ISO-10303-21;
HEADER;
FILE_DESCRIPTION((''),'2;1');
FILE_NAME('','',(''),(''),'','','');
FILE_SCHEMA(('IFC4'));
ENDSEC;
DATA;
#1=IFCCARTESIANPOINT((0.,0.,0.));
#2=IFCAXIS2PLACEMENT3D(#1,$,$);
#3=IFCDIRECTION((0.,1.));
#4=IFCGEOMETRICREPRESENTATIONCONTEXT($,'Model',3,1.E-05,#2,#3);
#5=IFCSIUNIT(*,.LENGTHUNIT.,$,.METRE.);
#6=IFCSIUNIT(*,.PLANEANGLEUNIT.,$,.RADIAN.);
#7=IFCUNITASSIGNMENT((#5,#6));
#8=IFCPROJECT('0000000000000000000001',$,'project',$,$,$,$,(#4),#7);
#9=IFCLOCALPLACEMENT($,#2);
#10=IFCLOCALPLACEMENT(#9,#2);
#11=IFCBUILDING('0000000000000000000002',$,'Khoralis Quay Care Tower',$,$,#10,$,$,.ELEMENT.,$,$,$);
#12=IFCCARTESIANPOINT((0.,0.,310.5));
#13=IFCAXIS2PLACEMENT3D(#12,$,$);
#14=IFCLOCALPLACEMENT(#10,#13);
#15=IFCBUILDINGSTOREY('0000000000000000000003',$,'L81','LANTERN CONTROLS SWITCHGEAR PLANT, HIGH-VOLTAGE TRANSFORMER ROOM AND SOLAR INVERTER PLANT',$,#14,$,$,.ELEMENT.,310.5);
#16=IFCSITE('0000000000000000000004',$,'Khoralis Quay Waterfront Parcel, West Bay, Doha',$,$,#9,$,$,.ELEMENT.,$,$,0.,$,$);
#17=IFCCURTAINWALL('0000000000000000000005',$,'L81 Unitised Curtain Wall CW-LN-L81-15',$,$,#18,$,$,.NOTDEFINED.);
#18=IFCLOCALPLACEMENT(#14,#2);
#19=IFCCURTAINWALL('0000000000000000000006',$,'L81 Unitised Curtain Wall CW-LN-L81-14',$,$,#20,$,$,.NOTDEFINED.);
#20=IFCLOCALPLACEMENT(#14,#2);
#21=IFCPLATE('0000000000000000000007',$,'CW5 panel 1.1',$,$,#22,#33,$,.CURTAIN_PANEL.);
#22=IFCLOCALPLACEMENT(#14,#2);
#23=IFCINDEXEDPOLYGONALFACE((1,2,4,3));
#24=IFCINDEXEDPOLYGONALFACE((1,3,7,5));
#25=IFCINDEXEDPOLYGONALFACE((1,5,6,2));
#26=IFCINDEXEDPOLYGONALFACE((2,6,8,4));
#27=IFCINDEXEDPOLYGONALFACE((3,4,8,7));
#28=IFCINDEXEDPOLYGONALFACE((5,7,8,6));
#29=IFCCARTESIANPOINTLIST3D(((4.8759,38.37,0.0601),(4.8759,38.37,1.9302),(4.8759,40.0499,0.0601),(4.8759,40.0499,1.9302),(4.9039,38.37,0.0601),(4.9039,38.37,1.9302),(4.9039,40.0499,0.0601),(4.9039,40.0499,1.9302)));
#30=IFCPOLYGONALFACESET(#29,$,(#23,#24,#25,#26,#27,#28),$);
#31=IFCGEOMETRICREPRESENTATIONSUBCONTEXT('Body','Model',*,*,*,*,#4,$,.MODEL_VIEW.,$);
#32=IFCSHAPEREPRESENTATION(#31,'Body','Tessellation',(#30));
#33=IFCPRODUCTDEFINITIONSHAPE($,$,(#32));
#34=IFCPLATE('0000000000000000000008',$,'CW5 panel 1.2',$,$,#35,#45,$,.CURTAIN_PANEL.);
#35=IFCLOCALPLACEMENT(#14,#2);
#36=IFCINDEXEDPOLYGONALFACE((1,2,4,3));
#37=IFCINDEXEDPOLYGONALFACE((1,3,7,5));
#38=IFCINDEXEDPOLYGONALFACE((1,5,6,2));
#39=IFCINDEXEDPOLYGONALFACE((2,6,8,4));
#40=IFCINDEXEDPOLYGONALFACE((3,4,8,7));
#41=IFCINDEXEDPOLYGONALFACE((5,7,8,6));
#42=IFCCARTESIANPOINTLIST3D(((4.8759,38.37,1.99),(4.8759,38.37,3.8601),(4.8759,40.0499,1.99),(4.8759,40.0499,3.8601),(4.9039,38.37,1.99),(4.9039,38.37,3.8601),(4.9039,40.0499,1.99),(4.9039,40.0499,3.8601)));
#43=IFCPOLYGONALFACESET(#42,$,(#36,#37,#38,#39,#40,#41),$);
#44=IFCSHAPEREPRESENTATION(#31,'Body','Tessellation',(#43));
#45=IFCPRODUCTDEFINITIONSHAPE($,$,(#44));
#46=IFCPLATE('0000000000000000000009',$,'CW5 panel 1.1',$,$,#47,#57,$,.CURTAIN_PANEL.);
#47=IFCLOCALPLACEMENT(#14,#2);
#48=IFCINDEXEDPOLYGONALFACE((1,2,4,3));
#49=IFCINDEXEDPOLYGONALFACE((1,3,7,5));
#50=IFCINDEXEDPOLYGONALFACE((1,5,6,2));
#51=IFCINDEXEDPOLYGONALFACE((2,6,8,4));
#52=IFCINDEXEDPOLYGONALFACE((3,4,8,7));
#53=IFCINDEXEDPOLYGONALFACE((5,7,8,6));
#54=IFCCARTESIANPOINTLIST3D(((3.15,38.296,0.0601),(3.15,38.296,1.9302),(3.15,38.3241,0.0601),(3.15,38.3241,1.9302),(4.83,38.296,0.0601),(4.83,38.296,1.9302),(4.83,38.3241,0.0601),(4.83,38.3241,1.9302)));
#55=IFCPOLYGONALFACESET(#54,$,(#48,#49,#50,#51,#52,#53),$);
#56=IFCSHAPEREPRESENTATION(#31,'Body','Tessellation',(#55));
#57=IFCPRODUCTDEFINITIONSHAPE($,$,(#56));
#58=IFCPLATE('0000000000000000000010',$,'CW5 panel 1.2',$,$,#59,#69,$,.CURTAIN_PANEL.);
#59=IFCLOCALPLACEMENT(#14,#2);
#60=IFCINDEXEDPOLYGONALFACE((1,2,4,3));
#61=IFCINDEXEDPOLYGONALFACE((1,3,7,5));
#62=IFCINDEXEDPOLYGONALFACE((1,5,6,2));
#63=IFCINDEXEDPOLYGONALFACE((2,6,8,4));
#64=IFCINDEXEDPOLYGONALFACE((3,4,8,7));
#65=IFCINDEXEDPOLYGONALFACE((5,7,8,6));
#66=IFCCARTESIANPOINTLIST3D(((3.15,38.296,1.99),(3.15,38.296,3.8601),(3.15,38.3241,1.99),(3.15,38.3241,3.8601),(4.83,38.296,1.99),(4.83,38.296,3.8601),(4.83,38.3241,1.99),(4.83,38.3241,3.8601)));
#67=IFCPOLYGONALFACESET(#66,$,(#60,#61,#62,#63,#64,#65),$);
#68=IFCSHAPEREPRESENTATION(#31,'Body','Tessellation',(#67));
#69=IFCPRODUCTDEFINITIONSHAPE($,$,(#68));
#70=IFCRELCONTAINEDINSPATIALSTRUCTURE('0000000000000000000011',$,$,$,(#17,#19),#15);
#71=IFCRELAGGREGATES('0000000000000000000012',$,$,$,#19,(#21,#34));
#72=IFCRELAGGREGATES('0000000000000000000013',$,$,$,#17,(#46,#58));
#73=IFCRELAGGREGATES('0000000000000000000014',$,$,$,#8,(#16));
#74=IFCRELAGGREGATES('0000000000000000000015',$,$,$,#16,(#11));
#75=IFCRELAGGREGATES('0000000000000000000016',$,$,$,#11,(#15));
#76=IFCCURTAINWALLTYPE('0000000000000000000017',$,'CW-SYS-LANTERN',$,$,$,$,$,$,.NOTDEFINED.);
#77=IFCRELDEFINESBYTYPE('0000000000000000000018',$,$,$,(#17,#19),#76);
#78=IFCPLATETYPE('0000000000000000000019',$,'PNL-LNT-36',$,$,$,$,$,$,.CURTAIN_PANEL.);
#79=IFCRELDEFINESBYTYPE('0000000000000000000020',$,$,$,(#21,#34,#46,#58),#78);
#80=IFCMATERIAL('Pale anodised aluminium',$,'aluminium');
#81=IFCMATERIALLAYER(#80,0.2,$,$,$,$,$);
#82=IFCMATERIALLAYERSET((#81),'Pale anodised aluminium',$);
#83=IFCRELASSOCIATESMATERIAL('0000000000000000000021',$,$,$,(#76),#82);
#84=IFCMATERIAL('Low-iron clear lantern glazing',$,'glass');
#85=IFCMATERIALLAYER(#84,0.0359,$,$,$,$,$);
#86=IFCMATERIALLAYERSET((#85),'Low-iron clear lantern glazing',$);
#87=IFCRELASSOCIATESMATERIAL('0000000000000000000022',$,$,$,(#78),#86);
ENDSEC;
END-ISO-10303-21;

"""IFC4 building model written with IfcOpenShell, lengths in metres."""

from ifc_helpers import new_model, si_unit, direction, frame, origin, origin_2d, place, context, subcontext, project, spatial, rectangle, extrude, source, transform, mapped, material, layer, layer_set, type_object, element, aggregate, save


model = new_model("IFC4")

# Units and contexts
model_context = context("Model", 3, precision=1e-05, world=origin(), true_north=direction((0.0, 1.0)))
body_context = subcontext(model_context, "Body", "Model", "MODEL_VIEW")
ifc_project = project(units=[si_unit("LENGTHUNIT", "METRE"), si_unit("PLANEANGLEUNIT", "RADIAN")], contexts=[model_context])

# Site, building, storey
site_placement = place(None, origin())
site = spatial("IfcSite", under=ifc_project, at=site_placement, Name="Khoralis Quay Waterfront Parcel, West Bay, Doha", CompositionType="ELEMENT", RefElevation=0.0)
building_placement = place(site_placement, origin())
building = spatial("IfcBuilding", under=site, at=building_placement, Name="Khoralis Quay Care Tower", CompositionType="ELEMENT")
storey_placement = place(building_placement, frame((0.0, 0.0, 310.5)))
storey = spatial("IfcBuildingStorey", under=building, at=storey_placement, Name="L81", Description="LANTERN CONTROLS SWITCHGEAR PLANT, HIGH-VOLTAGE TRANSFORMER ROOM AND SOLAR INVERTER PLANT", CompositionType="ELEMENT", Elevation=310.5)

# Curtain walls
ifc_material_1 = material(Name="Pale anodised aluminium", Category="aluminium")
ifc_layer_1 = layer(ifc_material_1, 0.2)
ifc_layer_set_1 = layer_set([ifc_layer_1], Name="Pale anodised aluminium")
curtain_wall_type = type_object("IfcCurtainWallType", Name="CW-SYS-LANTERN", PredefinedType="NOTDEFINED", material=ifc_layer_set_1)
curtain_wall_1_placement = place(storey_placement, origin())
curtain_wall_1 = element("IfcCurtainWall", 1, at=curtain_wall_1_placement, inside=storey, type_object=curtain_wall_type, Name="L81 Unitised Curtain Wall CW-LN-L81-15", PredefinedType="NOTDEFINED")
curtain_wall_2_placement = place(storey_placement, origin())
curtain_wall_2 = element("IfcCurtainWall", 2, at=curtain_wall_2_placement, inside=storey, type_object=curtain_wall_type, Name="L81 Unitised Curtain Wall CW-LN-L81-14", PredefinedType="NOTDEFINED")

# Plates
ifc_material_2 = material(Name="Low-iron clear lantern glazing", Category="glass")
ifc_layer_2 = layer(ifc_material_2, 0.0359)
ifc_layer_set_2 = layer_set([ifc_layer_2], Name="Low-iron clear lantern glazing")
plate_type = type_object("IfcPlateType", Name="PNL-LNT-36", PredefinedType="CURTAIN_PANEL", material=ifc_layer_set_2)
shared_shape_1 = source(origin(), body_context, "Body", "SweptSolid", [
    extrude(rectangle(XDim=1.6799, YDim=0.0281, at=origin_2d()), origin(), (0.0, 0.0, 1.0), 1.8701),
])
plate_1_placement = place(storey_placement, frame((4.8899, 39.21, 0.0601), z_axis=(0.0, 0.0, 1.0), x_axis=(0.0, -1.0, 0.0)))
plate_1 = element("IfcPlate", 3, at=plate_1_placement, type_object=plate_type, Name="CW5 panel 1.1", PredefinedType="CURTAIN_PANEL", context=body_context, shape_type="MappedRepresentation", body=[
    mapped(shared_shape_1, transform((0.0, 0.0, 0.0), scale=1.0)),
])
plate_2_placement = place(storey_placement, frame((4.8899, 39.21, 1.99), z_axis=(0.0, 0.0, 1.0), x_axis=(0.0, -1.0, 0.0)))
plate_2 = element("IfcPlate", 4, at=plate_2_placement, type_object=plate_type, Name="CW5 panel 1.2", PredefinedType="CURTAIN_PANEL", context=body_context, shape_type="MappedRepresentation", body=[
    mapped(shared_shape_1, transform((0.0, 0.0, 0.0), scale=1.0)),
])
aggregate(curtain_wall_2, [plate_1, plate_2])
plate_3_placement = place(storey_placement, frame((3.99, 38.3101, 0.0601), z_axis=(0.0, 0.0, 1.0), x_axis=(-1.0, 0.0, 0.0)))
plate_3 = element("IfcPlate", 5, at=plate_3_placement, type_object=plate_type, Name="CW5 panel 1.1", PredefinedType="CURTAIN_PANEL", context=body_context, shape_type="MappedRepresentation", body=[
    mapped(shared_shape_1, transform((0.0, 0.0, 0.0), scale=1.0)),
])
plate_4_placement = place(storey_placement, frame((3.99, 38.3101, 1.99), z_axis=(0.0, 0.0, 1.0), x_axis=(-1.0, 0.0, 0.0)))
plate_4 = element("IfcPlate", 6, at=plate_4_placement, type_object=plate_type, Name="CW5 panel 1.2", PredefinedType="CURTAIN_PANEL", context=body_context, shape_type="MappedRepresentation", body=[
    mapped(shared_shape_1, transform((0.0, 0.0, 0.0), scale=1.0)),
])
aggregate(curtain_wall_1, [plate_3, plate_4])

save(model, "model.ifc")
